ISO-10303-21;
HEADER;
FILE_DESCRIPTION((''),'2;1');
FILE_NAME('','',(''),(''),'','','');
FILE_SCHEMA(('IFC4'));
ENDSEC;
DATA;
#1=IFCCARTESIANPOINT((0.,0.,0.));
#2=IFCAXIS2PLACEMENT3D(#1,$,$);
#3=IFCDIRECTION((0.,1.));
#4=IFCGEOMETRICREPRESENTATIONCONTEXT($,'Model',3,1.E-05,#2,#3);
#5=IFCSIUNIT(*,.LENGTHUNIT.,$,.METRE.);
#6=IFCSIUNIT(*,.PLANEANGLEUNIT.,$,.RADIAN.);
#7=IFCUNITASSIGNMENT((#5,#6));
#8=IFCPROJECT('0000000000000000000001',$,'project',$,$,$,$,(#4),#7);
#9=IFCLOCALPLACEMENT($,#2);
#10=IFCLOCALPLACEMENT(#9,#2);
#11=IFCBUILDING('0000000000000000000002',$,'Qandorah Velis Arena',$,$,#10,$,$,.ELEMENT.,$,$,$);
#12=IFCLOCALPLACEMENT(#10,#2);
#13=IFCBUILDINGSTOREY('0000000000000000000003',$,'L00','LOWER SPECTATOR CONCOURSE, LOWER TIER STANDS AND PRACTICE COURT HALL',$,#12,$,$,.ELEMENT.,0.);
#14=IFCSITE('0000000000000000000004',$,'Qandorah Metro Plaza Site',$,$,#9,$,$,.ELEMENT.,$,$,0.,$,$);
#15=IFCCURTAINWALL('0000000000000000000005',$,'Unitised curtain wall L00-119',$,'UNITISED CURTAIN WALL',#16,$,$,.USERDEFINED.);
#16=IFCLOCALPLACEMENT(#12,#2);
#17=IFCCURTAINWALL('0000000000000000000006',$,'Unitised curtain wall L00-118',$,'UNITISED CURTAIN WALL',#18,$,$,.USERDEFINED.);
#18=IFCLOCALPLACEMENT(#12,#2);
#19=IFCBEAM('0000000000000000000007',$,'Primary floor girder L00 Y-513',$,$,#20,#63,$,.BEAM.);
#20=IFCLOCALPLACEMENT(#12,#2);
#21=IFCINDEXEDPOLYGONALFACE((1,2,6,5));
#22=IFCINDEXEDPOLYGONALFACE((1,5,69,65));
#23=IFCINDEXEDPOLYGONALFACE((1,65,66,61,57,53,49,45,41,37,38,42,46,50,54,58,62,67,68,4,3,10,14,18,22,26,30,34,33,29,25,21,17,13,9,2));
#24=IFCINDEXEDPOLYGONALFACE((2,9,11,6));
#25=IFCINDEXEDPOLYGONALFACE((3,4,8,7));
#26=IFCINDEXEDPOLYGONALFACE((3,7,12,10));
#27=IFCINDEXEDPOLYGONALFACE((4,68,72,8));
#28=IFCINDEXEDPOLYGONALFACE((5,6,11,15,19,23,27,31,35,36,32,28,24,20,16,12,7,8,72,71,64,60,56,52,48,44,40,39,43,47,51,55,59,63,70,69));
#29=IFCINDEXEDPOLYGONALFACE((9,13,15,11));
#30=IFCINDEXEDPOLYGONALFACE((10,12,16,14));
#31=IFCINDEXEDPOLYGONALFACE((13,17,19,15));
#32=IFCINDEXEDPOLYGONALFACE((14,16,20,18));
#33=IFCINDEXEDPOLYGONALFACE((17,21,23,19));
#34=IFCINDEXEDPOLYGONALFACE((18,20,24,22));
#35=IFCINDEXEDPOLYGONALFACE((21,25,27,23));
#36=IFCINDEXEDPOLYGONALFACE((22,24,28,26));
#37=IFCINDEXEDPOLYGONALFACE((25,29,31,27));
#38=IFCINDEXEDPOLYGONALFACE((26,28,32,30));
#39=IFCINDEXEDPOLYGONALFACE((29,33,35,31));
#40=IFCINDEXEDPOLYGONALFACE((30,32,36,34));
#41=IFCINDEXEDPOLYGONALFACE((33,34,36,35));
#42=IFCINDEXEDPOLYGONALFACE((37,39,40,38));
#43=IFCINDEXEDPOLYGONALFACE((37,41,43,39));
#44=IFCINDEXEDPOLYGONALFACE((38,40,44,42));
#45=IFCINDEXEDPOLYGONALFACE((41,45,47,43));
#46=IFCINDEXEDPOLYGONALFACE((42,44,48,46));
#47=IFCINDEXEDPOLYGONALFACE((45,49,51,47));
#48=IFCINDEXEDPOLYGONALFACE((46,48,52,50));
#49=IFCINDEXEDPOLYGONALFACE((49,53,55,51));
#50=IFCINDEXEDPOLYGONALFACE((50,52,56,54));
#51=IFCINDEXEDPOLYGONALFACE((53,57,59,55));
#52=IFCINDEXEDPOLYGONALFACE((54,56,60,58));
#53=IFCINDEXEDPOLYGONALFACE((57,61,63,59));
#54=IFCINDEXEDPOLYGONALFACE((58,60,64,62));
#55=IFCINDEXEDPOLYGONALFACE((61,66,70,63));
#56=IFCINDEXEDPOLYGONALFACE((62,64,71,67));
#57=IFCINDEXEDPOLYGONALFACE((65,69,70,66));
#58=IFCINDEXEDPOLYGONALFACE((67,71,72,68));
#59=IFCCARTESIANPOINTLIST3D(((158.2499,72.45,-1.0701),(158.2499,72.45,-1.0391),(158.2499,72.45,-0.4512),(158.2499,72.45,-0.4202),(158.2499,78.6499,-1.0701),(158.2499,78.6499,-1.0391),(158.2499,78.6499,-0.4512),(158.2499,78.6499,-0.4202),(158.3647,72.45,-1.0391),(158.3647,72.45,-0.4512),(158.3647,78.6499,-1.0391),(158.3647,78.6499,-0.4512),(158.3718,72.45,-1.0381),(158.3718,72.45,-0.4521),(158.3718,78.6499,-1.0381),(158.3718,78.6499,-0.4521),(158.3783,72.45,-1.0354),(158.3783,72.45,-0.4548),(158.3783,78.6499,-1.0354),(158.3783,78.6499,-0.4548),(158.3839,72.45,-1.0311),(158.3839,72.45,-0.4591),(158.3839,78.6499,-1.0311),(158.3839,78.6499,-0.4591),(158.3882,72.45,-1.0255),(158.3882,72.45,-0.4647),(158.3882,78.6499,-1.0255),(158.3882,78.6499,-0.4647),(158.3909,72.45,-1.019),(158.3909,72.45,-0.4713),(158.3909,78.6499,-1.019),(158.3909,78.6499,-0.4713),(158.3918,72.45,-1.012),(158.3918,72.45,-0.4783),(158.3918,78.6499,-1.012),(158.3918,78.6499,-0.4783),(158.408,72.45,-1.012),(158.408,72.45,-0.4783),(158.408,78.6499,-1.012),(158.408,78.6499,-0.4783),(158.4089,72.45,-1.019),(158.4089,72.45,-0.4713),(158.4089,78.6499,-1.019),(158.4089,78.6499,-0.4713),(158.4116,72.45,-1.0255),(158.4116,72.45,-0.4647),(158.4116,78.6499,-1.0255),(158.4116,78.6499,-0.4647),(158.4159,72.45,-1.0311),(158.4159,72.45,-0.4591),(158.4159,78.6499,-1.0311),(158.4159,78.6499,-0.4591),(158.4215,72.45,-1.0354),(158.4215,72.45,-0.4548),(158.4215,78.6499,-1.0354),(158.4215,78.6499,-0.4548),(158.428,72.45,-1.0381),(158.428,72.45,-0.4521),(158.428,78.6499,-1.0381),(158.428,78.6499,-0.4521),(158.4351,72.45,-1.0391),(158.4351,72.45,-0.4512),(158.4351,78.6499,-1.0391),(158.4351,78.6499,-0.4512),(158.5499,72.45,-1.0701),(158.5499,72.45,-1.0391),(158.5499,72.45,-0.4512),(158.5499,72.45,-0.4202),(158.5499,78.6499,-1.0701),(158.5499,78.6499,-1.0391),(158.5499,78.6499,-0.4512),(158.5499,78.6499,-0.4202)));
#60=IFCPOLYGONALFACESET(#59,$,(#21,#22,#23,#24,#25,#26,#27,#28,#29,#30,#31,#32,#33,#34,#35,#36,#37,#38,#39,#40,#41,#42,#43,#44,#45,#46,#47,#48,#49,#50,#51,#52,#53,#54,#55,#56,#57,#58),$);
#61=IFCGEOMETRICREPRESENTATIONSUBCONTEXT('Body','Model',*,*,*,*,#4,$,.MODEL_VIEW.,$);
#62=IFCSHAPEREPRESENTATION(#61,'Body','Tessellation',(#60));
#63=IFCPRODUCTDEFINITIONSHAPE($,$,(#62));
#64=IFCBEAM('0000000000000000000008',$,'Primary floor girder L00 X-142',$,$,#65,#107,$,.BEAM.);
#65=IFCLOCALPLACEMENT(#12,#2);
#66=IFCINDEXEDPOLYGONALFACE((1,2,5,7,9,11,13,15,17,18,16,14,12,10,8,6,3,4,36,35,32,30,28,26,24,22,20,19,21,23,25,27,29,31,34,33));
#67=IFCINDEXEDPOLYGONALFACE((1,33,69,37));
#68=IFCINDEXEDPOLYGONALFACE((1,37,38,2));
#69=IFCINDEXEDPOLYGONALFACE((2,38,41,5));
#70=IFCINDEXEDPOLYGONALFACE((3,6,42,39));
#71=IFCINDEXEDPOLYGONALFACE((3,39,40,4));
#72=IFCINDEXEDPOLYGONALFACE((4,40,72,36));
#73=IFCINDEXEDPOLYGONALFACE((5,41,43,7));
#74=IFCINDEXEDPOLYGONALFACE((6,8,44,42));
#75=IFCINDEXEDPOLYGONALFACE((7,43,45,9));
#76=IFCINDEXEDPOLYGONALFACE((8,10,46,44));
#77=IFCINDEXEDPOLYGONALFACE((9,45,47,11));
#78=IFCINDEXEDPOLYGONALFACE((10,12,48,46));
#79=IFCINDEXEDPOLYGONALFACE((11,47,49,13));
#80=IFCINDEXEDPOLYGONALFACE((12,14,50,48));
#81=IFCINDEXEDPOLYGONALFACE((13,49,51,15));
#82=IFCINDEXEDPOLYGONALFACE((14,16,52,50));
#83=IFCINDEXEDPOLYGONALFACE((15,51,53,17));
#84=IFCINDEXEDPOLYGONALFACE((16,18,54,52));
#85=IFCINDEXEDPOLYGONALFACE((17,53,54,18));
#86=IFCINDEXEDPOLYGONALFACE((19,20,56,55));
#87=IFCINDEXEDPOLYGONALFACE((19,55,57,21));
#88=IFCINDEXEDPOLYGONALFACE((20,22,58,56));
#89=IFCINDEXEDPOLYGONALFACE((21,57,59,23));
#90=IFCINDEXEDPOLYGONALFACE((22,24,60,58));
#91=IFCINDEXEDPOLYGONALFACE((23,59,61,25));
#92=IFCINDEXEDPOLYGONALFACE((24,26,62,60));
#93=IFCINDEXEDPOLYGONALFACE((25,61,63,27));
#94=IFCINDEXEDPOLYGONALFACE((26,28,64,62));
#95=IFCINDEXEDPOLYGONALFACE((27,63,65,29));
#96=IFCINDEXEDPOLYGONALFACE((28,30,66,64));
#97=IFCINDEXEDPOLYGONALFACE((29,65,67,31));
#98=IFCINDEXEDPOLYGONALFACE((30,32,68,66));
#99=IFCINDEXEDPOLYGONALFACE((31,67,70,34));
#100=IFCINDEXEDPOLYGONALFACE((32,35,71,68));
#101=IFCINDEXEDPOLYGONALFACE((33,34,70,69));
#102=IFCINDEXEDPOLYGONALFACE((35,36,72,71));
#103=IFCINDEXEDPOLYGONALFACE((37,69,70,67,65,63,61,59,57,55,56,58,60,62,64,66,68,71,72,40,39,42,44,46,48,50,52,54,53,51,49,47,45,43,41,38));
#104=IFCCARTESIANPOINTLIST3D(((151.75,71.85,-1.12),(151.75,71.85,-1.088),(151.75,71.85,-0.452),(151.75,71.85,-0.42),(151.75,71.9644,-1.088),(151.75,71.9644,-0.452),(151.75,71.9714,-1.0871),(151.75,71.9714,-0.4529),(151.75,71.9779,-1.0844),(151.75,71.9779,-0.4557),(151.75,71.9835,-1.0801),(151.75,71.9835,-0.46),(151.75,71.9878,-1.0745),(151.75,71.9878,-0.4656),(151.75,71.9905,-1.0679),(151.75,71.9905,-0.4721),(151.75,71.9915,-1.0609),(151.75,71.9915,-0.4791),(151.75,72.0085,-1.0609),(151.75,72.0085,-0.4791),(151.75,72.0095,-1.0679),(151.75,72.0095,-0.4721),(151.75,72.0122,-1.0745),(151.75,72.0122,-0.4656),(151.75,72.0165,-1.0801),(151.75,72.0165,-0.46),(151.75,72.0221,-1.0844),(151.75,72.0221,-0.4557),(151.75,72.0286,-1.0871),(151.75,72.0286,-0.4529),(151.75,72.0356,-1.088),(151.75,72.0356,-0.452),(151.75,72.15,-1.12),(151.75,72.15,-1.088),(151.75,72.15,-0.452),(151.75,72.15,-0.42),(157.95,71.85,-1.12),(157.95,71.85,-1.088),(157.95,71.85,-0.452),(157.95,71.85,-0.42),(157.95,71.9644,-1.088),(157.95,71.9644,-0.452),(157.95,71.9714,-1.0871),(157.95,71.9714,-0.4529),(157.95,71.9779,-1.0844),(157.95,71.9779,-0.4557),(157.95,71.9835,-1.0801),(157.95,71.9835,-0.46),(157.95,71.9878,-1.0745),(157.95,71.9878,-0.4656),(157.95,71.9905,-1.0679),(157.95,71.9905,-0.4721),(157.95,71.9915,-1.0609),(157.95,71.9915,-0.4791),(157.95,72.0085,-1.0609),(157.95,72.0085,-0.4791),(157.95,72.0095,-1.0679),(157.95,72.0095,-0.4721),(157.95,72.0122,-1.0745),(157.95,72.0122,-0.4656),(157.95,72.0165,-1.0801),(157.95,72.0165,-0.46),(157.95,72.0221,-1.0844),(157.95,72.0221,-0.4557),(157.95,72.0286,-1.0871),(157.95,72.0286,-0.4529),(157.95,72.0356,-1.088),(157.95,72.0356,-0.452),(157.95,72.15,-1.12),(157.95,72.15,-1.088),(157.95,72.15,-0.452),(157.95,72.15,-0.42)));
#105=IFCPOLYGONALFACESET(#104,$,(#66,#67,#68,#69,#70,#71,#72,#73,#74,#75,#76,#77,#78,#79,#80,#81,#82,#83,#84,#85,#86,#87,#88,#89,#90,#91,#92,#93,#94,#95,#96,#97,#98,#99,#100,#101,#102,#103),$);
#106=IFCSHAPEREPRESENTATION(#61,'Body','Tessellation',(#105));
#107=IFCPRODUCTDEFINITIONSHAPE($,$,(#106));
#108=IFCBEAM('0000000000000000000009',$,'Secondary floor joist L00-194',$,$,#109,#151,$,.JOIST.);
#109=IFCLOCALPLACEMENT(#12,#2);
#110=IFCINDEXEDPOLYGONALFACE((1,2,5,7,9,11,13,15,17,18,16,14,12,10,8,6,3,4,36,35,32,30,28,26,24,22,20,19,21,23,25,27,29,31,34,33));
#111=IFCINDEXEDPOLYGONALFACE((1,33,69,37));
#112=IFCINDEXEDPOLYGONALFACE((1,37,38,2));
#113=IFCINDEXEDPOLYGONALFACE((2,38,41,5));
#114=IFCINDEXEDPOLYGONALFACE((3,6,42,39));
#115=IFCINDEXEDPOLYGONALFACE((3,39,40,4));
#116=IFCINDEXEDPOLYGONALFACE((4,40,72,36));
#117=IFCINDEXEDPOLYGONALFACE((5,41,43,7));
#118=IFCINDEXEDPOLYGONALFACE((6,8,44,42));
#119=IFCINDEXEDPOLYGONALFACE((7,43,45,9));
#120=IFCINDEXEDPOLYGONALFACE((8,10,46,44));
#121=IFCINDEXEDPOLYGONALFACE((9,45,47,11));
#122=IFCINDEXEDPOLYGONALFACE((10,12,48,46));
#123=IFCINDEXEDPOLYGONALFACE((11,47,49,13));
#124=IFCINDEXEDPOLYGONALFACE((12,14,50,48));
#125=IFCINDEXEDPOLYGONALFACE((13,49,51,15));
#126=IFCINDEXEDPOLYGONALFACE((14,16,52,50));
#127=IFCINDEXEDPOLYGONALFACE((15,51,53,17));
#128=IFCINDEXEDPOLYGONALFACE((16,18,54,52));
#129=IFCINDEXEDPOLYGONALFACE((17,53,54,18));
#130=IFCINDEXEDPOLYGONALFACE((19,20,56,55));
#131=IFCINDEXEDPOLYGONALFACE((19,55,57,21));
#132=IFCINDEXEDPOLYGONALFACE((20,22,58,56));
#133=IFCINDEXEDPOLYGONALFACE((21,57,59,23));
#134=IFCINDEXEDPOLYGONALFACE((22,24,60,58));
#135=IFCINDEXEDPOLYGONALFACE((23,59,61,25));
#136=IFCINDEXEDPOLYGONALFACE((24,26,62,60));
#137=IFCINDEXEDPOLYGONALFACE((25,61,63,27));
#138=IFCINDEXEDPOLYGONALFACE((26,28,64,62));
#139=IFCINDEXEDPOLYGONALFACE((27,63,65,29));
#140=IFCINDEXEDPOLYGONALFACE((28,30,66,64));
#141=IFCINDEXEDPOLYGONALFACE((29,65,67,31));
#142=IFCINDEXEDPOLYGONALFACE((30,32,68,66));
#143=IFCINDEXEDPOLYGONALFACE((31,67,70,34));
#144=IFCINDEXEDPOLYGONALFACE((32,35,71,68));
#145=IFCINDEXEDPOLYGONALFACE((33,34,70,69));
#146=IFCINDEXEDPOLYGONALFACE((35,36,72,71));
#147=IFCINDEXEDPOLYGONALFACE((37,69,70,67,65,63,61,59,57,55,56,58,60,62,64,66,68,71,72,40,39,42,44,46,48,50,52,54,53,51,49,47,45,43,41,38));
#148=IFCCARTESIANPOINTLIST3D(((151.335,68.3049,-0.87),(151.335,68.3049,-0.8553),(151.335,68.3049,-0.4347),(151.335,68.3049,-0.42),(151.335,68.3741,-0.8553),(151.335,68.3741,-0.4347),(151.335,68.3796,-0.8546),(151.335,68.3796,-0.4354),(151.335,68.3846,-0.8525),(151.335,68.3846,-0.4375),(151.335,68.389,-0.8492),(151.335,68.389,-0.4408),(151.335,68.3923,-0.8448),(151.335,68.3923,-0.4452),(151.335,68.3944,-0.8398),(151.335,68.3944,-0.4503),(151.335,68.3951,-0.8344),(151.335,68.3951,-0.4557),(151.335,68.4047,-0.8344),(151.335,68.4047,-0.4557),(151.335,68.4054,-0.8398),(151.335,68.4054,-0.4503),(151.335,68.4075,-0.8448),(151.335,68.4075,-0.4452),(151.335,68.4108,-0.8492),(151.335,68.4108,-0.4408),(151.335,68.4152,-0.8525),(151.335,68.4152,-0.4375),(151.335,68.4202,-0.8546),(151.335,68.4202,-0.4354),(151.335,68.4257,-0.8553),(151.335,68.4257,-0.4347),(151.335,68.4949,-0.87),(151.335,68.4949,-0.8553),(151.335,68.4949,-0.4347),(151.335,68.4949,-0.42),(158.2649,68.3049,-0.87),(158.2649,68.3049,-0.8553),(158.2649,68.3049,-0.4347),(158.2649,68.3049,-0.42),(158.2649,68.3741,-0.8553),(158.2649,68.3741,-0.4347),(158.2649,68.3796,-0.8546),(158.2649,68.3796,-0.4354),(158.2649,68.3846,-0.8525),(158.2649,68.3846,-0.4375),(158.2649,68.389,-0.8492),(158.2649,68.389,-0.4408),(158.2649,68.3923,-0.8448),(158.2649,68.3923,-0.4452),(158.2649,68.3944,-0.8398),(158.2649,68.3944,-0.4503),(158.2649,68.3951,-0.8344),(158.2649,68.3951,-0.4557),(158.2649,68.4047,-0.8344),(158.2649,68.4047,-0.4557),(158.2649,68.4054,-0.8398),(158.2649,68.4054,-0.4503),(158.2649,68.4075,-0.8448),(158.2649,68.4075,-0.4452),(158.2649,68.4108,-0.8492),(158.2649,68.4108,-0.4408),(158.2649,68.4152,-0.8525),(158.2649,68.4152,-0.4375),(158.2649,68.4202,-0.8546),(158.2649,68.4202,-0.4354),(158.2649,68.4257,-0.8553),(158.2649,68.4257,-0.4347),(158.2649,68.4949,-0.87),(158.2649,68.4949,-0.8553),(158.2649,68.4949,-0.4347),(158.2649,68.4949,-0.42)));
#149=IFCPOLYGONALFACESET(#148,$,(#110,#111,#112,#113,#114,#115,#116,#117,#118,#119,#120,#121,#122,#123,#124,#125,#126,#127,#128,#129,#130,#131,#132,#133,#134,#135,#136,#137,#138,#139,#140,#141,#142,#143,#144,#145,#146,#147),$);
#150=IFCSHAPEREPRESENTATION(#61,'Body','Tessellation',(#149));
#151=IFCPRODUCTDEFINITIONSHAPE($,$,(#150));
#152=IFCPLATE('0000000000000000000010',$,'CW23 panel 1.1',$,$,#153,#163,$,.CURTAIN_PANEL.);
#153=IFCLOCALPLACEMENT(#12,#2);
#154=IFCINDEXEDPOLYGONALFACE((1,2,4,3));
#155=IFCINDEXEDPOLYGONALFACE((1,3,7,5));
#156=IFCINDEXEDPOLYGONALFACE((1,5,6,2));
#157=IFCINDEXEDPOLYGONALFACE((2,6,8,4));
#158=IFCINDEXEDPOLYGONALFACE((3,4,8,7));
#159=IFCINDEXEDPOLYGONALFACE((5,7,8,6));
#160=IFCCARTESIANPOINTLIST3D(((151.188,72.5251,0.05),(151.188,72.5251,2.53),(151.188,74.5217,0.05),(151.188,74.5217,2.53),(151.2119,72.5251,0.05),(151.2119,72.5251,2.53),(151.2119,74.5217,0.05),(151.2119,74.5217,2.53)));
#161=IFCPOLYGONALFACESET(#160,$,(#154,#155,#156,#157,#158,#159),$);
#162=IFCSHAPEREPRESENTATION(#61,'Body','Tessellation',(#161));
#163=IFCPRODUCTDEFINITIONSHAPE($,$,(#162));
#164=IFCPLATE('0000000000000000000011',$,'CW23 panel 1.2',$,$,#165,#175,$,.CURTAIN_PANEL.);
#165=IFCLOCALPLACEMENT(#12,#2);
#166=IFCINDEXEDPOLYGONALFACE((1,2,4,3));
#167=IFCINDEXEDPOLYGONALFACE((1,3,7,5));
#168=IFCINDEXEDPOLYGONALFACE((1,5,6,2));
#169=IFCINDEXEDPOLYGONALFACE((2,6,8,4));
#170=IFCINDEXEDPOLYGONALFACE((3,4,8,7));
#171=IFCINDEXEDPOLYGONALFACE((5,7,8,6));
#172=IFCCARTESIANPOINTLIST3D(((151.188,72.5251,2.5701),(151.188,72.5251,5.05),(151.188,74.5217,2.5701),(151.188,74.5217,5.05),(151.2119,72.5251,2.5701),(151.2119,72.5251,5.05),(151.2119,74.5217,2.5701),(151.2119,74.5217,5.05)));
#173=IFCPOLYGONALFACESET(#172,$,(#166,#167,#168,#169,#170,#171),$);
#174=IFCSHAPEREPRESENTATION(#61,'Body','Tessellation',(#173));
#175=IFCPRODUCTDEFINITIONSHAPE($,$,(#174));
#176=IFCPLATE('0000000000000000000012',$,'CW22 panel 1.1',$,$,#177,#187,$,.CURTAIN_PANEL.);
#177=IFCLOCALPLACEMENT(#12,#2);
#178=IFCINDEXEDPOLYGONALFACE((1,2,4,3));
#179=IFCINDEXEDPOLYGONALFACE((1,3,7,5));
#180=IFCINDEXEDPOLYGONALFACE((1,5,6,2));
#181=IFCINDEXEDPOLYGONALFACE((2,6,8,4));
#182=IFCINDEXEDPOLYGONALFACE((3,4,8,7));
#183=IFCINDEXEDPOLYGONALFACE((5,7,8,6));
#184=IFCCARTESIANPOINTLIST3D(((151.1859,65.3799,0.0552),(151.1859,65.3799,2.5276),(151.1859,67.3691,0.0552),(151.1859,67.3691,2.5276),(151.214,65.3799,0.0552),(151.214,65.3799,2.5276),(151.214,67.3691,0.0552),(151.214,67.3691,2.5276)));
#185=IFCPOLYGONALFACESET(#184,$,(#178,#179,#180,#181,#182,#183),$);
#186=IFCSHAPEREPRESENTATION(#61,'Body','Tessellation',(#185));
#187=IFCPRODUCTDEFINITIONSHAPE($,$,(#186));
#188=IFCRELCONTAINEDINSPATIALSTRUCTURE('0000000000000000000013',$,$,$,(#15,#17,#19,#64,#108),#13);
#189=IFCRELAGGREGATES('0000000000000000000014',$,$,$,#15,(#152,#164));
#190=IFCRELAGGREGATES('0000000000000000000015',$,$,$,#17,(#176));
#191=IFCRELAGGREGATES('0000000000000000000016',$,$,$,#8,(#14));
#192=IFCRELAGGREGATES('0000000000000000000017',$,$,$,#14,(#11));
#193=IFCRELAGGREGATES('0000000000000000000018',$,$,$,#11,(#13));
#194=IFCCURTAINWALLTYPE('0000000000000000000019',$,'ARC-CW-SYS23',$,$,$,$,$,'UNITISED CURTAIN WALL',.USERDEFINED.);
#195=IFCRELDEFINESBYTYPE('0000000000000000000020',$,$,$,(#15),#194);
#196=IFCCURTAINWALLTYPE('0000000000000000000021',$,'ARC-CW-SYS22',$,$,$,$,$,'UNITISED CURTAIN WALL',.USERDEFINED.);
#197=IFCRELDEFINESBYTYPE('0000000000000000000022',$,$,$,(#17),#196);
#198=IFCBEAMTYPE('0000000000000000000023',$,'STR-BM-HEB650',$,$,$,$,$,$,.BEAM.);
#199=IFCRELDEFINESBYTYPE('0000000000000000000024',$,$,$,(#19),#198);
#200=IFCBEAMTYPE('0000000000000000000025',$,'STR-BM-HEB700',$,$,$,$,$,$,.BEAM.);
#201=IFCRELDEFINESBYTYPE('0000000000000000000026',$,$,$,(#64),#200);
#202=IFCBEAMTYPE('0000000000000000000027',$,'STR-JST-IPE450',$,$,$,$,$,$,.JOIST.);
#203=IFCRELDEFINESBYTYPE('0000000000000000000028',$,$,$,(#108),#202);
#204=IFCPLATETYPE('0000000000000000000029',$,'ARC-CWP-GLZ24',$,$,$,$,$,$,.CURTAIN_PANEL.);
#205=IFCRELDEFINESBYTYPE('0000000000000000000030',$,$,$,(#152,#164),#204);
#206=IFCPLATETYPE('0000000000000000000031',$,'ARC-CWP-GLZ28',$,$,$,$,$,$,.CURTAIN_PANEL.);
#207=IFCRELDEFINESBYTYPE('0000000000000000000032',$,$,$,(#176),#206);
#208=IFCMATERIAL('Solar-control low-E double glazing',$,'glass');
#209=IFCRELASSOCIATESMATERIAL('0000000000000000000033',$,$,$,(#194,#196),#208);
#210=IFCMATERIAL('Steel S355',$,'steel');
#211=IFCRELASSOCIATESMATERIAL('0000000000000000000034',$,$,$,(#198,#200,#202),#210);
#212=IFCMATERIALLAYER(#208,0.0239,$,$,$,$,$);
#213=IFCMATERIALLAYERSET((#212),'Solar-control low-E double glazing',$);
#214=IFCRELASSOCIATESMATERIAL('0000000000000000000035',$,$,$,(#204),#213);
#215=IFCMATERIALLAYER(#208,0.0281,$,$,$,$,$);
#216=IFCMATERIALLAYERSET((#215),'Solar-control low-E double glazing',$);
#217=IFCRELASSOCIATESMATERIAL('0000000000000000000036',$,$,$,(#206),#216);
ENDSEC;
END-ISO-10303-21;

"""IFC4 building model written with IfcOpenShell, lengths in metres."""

from ifc_helpers import new_model, si_unit, direction, frame, origin, origin_2d, place, context, subcontext, project, spatial, rectangle, i_section, extrude, material, layer, layer_set, material_profile, profile_set, type_object, element, aggregate, save


model = new_model("IFC4")

# Units and contexts
model_context = context("Model", 3, precision=1e-05, world=origin(), true_north=direction((0.0, 1.0)))
body_context = subcontext(model_context, "Body", "Model", "MODEL_VIEW")
ifc_project = project(units=[si_unit("LENGTHUNIT", "METRE"), si_unit("PLANEANGLEUNIT", "RADIAN")], contexts=[model_context])

# Site, building, storey
site_placement = place(None, origin())
site = spatial("IfcSite", under=ifc_project, at=site_placement, Name="Qandorah Metro Plaza Site", CompositionType="ELEMENT", RefElevation=0.0)
building_placement = place(site_placement, origin())
building = spatial("IfcBuilding", under=site, at=building_placement, Name="Qandorah Velis Arena", CompositionType="ELEMENT")
storey_placement = place(building_placement, origin())
storey = spatial("IfcBuildingStorey", under=building, at=storey_placement, Name="L00", Description="LOWER SPECTATOR CONCOURSE, LOWER TIER STANDS AND PRACTICE COURT HALL", CompositionType="ELEMENT", Elevation=0.0)

# Curtain walls
ifc_material_1 = material(Name="Solar-control low-E double glazing", Category="glass")
curtain_wall_type_1 = type_object("IfcCurtainWallType", Name="ARC-CW-SYS23", ElementType="UNITISED CURTAIN WALL", PredefinedType="USERDEFINED", material=ifc_material_1)
curtain_wall_1_placement = place(storey_placement, origin())
curtain_wall_1 = element("IfcCurtainWall", 1, at=curtain_wall_1_placement, inside=storey, type_object=curtain_wall_type_1, Name="Unitised curtain wall L00-119", ObjectType="UNITISED CURTAIN WALL", PredefinedType="USERDEFINED")
curtain_wall_type_2 = type_object("IfcCurtainWallType", Name="ARC-CW-SYS22", ElementType="UNITISED CURTAIN WALL", PredefinedType="USERDEFINED", material=ifc_material_1)
curtain_wall_2_placement = place(storey_placement, origin())
curtain_wall_2 = element("IfcCurtainWall", 2, at=curtain_wall_2_placement, inside=storey, type_object=curtain_wall_type_2, Name="Unitised curtain wall L00-118", ObjectType="UNITISED CURTAIN WALL", PredefinedType="USERDEFINED")

# Beams
ifc_material_2 = material(Name="Steel S355", Category="steel")
ifc_material_profile_1 = material_profile(ifc_material_2, i_section(OverallWidth=0.3, OverallDepth=0.6499, WebThickness=0.0161, FlangeThickness=0.031, FilletRadius=0.0271, at=origin_2d()), Name="HEB 650")
ifc_profile_set_1 = profile_set([ifc_material_profile_1], Name="Steel S355")
beam_type_1 = type_object("IfcBeamType", Name="STR-BM-HEB650", PredefinedType="BEAM", material=ifc_profile_set_1)
beam_1_placement = place(storey_placement, frame((158.3999, 72.45, -0.7451), z_axis=(0.0, 1.0, 0.0), x_axis=(-1.0, 0.0, 0.0)))
element("IfcBeam", 3, at=beam_1_placement, inside=storey, type_object=beam_type_1, Name="Primary floor girder L00 Y-513", PredefinedType="BEAM", context=body_context, shape_type="SweptSolid", body=[
    extrude(i_section(OverallWidth=0.3, OverallDepth=0.6499, WebThickness=0.0161, FlangeThickness=0.031, FilletRadius=0.0271, at=origin_2d()), origin(), (0.0, 0.0, 1.0), 6.2),
])
ifc_material_profile_2 = material_profile(ifc_material_2, i_section(OverallWidth=0.3, OverallDepth=0.7, WebThickness=0.0171, FlangeThickness=0.032, FilletRadius=0.0271, at=origin_2d()), Name="HEB 700")
ifc_profile_set_2 = profile_set([ifc_material_profile_2], Name="Steel S355")
beam_type_2 = type_object("IfcBeamType", Name="STR-BM-HEB700", PredefinedType="BEAM", material=ifc_profile_set_2)
beam_2_placement = place(storey_placement, frame((151.75, 72.0, -0.77), z_axis=(1.0, 0.0, 0.0), x_axis=(0.0, 1.0, 0.0)))
element("IfcBeam", 4, at=beam_2_placement, inside=storey, type_object=beam_type_2, Name="Primary floor girder L00 X-142", PredefinedType="BEAM", context=body_context, shape_type="SweptSolid", body=[
    extrude(i_section(OverallWidth=0.3, OverallDepth=0.7, WebThickness=0.0171, FlangeThickness=0.032, FilletRadius=0.0271, at=origin_2d()), origin(), (0.0, 0.0, 1.0), 6.2),
])
ifc_material_profile_3 = material_profile(ifc_material_2, i_section(OverallWidth=0.1899, OverallDepth=0.45, WebThickness=0.0095, FlangeThickness=0.0146, FilletRadius=0.021, at=origin_2d()), Name="IPE 450")
ifc_profile_set_3 = profile_set([ifc_material_profile_3], Name="Steel S355")
beam_type_3 = type_object("IfcBeamType", Name="STR-JST-IPE450", PredefinedType="JOIST", material=ifc_profile_set_3)
beam_3_placement = place(storey_placement, frame((151.335, 68.3999, -0.645), z_axis=(1.0, 0.0, 0.0), x_axis=(0.0, 1.0, 0.0)))
element("IfcBeam", 5, at=beam_3_placement, inside=storey, type_object=beam_type_3, Name="Secondary floor joist L00-194", PredefinedType="JOIST", context=body_context, shape_type="SweptSolid", body=[
    extrude(i_section(OverallWidth=0.1899, OverallDepth=0.45, WebThickness=0.0095, FlangeThickness=0.0146, FilletRadius=0.021, at=origin_2d()), origin(), (0.0, 0.0, 1.0), 6.9299),
])

# Plates
ifc_layer_1 = layer(ifc_material_1, 0.0239)
ifc_layer_set_1 = layer_set([ifc_layer_1], Name="Solar-control low-E double glazing")
plate_type_1 = type_object("IfcPlateType", Name="ARC-CWP-GLZ24", PredefinedType="CURTAIN_PANEL", material=ifc_layer_set_1)
plate_1_placement = place(storey_placement, frame((151.2, 73.5234, 0.05), z_axis=(0.0, 0.0, 1.0), x_axis=(0.0, 1.0, 0.0)))
plate_1 = element("IfcPlate", 6, at=plate_1_placement, type_object=plate_type_1, Name="CW23 panel 1.1", PredefinedType="CURTAIN_PANEL", context=body_context, shape_type="SweptSolid", body=[
    extrude(rectangle(XDim=1.9966, YDim=0.0239, at=origin_2d()), origin(), (0.0, 0.0, 1.0), 2.48),
])
plate_2_placement = place(storey_placement, frame((151.2, 73.5234, 2.5701), z_axis=(0.0, 0.0, 1.0), x_axis=(0.0, 1.0, 0.0)))
plate_2 = element("IfcPlate", 7, at=plate_2_placement, type_object=plate_type_1, Name="CW23 panel 1.2", PredefinedType="CURTAIN_PANEL", context=body_context, shape_type="SweptSolid", body=[
    extrude(rectangle(XDim=1.9966, YDim=0.0239, at=origin_2d()), origin(), (0.0, 0.0, 1.0), 2.48),
])
aggregate(curtain_wall_1, [plate_1, plate_2])
ifc_layer_2 = layer(ifc_material_1, 0.0281)
ifc_layer_set_2 = layer_set([ifc_layer_2], Name="Solar-control low-E double glazing")
plate_type_2 = type_object("IfcPlateType", Name="ARC-CWP-GLZ28", PredefinedType="CURTAIN_PANEL", material=ifc_layer_set_2)
plate_3_placement = place(storey_placement, frame((151.2, 66.3745, 0.0552), z_axis=(0.0, 0.0, 1.0), x_axis=(0.0, 1.0, 0.0)))
plate_3 = element("IfcPlate", 8, at=plate_3_placement, type_object=plate_type_2, Name="CW22 panel 1.1", PredefinedType="CURTAIN_PANEL", context=body_context, shape_type="SweptSolid", body=[
    extrude(rectangle(XDim=1.9893, YDim=0.0281, at=origin_2d()), origin(), (0.0, 0.0, 1.0), 2.4724),
])
aggregate(curtain_wall_2, [plate_3])

save(model, "model.ifc")
